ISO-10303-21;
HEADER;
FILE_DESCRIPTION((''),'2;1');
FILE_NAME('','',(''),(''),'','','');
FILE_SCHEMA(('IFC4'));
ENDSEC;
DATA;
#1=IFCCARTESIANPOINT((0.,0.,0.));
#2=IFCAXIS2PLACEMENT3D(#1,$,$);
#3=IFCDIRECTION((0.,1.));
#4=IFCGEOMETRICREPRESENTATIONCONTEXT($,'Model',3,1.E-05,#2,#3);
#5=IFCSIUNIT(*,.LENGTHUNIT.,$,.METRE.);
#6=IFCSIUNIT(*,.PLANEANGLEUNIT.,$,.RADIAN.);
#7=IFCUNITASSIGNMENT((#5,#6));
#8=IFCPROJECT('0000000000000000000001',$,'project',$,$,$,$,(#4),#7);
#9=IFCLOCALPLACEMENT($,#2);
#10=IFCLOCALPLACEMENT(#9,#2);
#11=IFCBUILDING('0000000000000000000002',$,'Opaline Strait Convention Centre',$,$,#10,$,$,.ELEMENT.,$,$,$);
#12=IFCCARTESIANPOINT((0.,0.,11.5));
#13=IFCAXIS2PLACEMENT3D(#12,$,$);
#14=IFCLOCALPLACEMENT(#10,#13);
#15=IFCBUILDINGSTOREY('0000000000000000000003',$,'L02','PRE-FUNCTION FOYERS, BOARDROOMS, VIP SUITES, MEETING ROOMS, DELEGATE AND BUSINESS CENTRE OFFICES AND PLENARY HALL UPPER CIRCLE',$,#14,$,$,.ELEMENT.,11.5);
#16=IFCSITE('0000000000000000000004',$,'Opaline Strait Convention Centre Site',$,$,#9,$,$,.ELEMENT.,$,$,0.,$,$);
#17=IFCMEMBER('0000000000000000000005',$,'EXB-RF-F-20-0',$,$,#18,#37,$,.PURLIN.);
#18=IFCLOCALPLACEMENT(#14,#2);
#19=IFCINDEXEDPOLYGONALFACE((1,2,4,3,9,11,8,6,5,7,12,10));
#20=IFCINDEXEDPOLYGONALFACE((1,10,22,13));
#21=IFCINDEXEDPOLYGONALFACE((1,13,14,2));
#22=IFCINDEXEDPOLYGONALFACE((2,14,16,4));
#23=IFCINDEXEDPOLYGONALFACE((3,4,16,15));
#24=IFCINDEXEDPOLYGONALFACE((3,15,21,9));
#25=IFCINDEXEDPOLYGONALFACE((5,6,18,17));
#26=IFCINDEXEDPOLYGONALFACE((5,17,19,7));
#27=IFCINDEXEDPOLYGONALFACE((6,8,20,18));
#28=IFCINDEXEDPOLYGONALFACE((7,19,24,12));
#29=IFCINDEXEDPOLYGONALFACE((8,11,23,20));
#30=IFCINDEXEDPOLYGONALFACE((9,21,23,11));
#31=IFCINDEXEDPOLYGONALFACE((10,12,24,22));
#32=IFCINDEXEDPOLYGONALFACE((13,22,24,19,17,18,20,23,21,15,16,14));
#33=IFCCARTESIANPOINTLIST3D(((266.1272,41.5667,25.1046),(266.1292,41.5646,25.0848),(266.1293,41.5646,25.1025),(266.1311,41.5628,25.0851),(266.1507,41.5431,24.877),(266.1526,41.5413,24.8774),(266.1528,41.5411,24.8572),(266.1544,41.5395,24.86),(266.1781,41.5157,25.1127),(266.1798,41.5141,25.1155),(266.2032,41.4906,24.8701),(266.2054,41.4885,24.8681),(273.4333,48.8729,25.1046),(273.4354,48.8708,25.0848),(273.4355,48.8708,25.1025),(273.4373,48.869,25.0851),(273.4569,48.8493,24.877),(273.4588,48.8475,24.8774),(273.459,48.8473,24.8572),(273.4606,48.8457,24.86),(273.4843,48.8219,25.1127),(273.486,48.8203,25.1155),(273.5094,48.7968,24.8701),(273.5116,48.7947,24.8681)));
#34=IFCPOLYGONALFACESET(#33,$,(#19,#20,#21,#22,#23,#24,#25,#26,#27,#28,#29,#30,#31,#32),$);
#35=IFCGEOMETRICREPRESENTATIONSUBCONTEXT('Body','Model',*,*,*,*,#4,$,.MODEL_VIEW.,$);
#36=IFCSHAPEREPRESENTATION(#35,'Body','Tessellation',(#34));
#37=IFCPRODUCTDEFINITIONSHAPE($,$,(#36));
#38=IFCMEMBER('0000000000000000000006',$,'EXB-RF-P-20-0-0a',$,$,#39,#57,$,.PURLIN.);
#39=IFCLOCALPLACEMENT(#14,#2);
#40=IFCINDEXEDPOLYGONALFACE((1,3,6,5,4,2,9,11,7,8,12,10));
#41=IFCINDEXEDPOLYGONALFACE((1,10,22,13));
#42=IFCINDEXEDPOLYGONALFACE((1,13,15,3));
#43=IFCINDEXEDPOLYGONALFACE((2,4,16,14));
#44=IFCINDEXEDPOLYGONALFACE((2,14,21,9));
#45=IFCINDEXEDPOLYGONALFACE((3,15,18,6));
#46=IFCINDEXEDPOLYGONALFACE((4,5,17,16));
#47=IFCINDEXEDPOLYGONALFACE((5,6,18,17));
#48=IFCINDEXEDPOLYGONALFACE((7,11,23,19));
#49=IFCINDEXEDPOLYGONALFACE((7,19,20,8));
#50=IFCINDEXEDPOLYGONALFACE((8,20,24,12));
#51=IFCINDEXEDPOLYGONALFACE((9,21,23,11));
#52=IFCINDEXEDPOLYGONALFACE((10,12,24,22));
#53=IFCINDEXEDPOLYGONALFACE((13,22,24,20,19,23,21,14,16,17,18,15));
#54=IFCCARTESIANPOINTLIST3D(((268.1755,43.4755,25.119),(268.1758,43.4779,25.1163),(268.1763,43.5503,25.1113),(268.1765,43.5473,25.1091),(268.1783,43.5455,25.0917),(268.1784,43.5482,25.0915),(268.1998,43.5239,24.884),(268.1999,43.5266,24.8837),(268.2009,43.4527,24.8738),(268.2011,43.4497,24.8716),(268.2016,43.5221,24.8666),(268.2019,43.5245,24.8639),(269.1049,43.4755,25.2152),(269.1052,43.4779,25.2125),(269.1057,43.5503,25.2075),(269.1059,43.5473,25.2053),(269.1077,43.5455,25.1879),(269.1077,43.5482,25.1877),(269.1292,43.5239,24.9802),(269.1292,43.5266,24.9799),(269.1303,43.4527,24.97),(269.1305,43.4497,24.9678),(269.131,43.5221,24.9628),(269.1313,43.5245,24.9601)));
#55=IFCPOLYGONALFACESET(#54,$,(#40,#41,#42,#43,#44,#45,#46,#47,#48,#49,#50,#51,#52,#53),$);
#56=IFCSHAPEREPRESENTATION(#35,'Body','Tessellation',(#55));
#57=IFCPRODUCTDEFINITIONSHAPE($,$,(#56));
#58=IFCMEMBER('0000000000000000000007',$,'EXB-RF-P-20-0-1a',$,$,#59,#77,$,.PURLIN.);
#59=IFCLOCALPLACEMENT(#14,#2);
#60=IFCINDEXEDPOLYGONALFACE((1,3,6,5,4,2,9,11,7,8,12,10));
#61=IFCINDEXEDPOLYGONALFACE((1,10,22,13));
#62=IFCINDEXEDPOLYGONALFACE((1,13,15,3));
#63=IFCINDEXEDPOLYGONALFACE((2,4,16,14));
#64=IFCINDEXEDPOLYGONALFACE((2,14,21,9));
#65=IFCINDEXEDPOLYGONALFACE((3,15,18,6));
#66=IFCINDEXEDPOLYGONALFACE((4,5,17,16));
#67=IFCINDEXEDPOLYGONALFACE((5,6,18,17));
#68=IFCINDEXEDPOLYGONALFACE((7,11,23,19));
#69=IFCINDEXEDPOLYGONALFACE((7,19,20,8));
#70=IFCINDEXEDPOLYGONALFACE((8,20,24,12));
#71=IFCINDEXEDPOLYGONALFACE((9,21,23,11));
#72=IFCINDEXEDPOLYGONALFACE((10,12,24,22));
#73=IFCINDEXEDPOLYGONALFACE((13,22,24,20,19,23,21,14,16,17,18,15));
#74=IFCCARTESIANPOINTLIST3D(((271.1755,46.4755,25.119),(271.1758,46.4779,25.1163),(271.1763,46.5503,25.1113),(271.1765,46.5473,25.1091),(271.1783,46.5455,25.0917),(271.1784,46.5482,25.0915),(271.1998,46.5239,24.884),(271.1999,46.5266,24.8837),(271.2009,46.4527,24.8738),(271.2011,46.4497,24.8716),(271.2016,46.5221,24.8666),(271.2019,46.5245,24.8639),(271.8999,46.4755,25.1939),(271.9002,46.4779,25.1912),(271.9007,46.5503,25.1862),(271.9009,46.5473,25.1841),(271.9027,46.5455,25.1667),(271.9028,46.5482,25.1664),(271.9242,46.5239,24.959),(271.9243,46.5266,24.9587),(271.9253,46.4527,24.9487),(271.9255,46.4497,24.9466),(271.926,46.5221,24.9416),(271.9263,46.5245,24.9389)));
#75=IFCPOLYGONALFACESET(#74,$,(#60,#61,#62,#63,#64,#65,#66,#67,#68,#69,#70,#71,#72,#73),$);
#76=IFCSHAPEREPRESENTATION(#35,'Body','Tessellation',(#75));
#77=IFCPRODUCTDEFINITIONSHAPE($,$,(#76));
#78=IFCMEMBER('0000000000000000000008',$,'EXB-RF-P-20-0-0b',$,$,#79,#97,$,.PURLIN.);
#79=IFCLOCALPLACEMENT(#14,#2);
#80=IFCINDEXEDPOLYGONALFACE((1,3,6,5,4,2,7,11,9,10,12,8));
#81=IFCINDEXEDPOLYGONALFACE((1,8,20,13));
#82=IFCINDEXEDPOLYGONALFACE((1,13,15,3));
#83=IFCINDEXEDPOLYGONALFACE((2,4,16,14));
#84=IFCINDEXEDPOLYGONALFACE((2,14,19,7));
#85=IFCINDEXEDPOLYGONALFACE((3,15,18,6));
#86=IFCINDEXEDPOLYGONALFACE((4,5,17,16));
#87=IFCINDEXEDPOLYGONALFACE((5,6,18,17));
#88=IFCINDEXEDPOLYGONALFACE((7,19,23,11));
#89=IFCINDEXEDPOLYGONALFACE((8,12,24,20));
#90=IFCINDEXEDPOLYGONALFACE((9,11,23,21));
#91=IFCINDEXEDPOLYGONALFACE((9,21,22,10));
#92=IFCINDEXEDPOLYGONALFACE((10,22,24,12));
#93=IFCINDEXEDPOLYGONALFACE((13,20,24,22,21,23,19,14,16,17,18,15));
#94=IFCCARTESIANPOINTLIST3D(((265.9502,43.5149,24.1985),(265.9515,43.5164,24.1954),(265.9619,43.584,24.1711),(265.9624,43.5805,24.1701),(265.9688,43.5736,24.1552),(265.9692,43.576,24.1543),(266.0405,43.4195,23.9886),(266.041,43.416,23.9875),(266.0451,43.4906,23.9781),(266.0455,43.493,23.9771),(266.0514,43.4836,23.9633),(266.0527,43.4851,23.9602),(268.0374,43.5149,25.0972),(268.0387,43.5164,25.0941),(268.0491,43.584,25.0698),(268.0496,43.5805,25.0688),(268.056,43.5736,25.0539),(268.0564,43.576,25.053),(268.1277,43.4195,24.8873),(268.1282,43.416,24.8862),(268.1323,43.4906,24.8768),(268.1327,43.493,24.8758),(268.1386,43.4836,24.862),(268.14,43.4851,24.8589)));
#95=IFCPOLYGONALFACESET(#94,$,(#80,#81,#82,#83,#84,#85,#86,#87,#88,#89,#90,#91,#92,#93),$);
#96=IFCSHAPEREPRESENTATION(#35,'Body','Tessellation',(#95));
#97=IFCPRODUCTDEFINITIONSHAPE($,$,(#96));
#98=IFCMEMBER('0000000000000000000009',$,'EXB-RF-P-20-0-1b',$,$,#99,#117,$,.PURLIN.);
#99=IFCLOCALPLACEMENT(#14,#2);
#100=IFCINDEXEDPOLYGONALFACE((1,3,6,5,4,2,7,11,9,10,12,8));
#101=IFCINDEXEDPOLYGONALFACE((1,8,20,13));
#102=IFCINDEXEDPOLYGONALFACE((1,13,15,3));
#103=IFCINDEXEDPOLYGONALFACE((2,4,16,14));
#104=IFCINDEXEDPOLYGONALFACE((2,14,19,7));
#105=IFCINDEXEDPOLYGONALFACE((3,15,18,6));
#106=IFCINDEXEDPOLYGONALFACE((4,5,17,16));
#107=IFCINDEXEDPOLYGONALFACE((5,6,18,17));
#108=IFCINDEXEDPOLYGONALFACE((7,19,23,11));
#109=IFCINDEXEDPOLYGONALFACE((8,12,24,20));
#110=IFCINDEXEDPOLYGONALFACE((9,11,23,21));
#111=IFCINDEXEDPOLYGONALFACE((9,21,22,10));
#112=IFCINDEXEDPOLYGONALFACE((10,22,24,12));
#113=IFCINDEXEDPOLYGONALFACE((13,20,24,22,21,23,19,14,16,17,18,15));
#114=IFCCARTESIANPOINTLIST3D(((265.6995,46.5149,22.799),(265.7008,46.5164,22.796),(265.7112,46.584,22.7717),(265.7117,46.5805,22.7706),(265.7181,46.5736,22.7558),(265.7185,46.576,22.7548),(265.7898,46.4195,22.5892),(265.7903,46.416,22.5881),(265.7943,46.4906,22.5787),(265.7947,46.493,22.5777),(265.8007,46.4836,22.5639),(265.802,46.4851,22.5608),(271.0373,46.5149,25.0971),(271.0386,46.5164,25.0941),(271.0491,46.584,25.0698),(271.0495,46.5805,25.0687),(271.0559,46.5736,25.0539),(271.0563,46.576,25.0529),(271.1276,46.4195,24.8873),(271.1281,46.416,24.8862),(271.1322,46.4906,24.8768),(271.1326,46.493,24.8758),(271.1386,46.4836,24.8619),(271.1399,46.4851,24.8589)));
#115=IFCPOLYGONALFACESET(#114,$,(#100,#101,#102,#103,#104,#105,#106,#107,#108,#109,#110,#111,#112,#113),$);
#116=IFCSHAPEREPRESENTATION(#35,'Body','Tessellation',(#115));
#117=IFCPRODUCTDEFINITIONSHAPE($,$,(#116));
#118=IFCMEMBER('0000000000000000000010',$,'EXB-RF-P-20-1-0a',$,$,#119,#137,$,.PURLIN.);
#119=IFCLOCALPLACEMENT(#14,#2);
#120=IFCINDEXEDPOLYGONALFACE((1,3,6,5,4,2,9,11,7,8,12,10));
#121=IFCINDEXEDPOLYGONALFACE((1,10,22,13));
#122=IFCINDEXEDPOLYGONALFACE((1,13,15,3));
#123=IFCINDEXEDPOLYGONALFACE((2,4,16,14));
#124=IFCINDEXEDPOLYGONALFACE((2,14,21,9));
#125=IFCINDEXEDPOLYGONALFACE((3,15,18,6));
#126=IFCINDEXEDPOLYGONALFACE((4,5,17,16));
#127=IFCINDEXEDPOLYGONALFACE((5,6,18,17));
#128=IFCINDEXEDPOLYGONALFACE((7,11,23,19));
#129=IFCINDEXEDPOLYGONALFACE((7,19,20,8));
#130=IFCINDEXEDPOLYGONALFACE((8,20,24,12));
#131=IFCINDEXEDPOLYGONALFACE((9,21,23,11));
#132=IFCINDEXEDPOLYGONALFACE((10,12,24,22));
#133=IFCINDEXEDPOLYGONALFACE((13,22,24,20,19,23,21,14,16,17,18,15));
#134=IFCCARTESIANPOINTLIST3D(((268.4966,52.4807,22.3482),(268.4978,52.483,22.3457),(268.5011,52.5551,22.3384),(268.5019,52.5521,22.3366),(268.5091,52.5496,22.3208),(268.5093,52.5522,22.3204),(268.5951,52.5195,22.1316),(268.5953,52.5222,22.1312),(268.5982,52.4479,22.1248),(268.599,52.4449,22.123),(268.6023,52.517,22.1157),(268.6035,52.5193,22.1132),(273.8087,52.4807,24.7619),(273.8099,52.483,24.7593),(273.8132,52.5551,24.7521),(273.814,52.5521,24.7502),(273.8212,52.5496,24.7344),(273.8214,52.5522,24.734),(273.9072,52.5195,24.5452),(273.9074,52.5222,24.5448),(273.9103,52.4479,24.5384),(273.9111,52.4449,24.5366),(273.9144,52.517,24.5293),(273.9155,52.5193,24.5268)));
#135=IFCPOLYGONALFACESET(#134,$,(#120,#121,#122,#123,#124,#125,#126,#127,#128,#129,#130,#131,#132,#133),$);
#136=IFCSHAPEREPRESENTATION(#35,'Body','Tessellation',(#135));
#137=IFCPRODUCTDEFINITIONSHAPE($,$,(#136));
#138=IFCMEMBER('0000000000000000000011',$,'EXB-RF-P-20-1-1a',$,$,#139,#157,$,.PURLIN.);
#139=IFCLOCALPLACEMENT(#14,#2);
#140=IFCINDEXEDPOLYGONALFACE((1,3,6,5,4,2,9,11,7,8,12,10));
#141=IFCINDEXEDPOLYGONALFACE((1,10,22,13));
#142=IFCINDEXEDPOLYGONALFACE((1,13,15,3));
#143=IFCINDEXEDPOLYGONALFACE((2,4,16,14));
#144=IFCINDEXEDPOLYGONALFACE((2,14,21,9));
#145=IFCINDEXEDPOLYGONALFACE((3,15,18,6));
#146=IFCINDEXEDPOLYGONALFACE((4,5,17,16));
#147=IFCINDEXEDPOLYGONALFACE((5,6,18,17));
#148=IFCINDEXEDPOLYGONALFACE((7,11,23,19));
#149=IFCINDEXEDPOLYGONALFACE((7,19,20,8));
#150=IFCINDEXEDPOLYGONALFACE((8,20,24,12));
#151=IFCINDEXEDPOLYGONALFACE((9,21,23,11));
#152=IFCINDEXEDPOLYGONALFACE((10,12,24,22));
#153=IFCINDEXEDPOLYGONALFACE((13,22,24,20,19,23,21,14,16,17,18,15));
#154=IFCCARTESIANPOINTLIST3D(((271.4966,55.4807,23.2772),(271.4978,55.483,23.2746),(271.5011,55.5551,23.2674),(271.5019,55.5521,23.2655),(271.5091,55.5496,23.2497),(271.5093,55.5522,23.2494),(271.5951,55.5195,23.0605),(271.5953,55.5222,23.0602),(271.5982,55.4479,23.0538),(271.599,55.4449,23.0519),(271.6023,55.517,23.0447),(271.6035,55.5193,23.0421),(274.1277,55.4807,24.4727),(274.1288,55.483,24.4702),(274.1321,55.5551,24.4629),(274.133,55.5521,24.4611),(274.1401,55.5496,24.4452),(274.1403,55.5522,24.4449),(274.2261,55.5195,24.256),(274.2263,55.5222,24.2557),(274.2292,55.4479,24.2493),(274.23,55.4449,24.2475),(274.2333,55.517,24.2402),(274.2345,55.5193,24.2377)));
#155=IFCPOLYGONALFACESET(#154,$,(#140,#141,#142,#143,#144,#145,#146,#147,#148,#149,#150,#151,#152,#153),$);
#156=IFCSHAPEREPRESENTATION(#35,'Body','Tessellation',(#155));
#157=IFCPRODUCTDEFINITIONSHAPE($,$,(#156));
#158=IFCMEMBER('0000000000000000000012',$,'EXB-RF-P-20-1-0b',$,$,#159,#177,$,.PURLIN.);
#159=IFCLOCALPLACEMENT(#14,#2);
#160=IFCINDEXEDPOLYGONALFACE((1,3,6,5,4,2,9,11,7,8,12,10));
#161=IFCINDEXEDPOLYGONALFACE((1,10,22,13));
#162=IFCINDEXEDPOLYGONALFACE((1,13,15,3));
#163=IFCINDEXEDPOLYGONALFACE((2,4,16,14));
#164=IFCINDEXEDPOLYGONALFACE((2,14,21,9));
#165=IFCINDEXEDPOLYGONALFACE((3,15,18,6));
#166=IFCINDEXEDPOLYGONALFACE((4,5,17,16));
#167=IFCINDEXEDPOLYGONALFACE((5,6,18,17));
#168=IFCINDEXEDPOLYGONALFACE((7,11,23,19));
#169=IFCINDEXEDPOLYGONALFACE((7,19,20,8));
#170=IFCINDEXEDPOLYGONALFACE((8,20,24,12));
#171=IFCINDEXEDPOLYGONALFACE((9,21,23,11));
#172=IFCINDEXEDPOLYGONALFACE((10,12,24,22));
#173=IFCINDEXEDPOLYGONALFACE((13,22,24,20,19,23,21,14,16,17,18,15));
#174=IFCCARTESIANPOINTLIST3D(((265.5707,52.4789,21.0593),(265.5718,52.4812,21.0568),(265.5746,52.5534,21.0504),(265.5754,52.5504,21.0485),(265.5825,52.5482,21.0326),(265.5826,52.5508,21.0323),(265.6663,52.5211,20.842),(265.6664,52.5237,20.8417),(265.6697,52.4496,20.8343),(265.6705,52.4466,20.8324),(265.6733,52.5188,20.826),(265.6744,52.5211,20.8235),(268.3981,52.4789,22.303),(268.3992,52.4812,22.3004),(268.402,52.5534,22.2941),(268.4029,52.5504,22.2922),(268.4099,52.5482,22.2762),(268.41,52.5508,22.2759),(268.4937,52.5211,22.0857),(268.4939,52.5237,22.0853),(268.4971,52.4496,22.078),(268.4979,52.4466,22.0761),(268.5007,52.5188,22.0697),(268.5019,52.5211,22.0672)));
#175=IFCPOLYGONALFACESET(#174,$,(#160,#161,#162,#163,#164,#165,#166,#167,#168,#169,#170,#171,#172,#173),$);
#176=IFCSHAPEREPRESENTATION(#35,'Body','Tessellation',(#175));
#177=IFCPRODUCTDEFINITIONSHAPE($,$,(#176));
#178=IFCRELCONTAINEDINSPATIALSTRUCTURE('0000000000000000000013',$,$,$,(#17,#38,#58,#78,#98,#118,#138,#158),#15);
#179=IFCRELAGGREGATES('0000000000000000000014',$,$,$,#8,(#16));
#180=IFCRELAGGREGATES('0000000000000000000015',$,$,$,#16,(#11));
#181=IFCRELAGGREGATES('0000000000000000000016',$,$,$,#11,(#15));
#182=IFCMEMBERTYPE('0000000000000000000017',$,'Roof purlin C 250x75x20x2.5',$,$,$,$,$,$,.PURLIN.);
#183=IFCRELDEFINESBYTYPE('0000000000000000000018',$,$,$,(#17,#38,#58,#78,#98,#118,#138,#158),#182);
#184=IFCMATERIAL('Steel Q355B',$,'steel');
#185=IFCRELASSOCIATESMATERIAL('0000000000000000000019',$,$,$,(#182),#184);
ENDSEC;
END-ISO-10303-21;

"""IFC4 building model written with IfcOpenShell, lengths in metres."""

from ifc_helpers import new_model, si_unit, direction, frame, origin, place, context, subcontext, project, spatial, polyline, outline, extrude, material, material_profile, profile_set, type_object, element, save


model = new_model("IFC4")

# Units and contexts
model_context = context("Model", 3, precision=1e-05, world=origin(), true_north=direction((0.0, 1.0)))
body_context = subcontext(model_context, "Body", "Model", "MODEL_VIEW")
ifc_project = project(units=[si_unit("LENGTHUNIT", "METRE"), si_unit("PLANEANGLEUNIT", "RADIAN")], contexts=[model_context])

# Site, building, storey
site_placement = place(None, origin())
site = spatial("IfcSite", under=ifc_project, at=site_placement, Name="Opaline Strait Convention Centre Site", CompositionType="ELEMENT", RefElevation=0.0)
building_placement = place(site_placement, origin())
building = spatial("IfcBuilding", under=site, at=building_placement, Name="Opaline Strait Convention Centre", CompositionType="ELEMENT")
storey_placement = place(building_placement, frame((0.0, 0.0, 11.5)))
storey = spatial("IfcBuildingStorey", under=building, at=storey_placement, Name="L02", Description="PRE-FUNCTION FOYERS, BOARDROOMS, VIP SUITES, MEETING ROOMS, DELEGATE AND BUSINESS CENTRE OFFICES AND PLENARY HALL UPPER CIRCLE", CompositionType="ELEMENT", Elevation=11.5)

# Members
ifc_material_1 = material(Name="Steel Q355B", Category="steel")
ifc_material_profile_1 = material_profile(ifc_material_1, outline(polyline([(-0.0376, -0.125), (0.0376, -0.125), (0.0376, -0.105), (0.0349, -0.105), (0.0349, -0.1226), (-0.0349, -0.1226), (-0.0349, 0.1226), (0.0349, 0.1226), (0.0349, 0.105), (0.0376, 0.105), (0.0376, 0.125), (-0.0376, 0.125), (-0.0376, -0.125)])), Name="C 250x75x20x2.5")
ifc_profile_set_1 = profile_set([ifc_material_profile_1], Name="Steel Q355B")
member_type_1 = type_object("IfcMemberType", Name="Roof purlin C 250x75x20x2.5", PredefinedType="PURLIN", material=ifc_profile_set_1)
member_1_placement = place(storey_placement, frame((266.1663, 41.5276, 24.9863), z_axis=(0.707107, 0.707107, 0.0), x_axis=(-0.699649, 0.699649, -0.14485)))
element("IfcMember", 1, at=member_1_placement, inside=storey, type_object=member_type_1, Name="EXB-RF-F-20-0", PredefinedType="PURLIN", context=body_context, shape_type="SweptSolid", body=[
    extrude(outline(polyline([(-0.0376, -0.125), (0.0376, -0.125), (0.0376, -0.105), (0.0349, -0.105), (0.0349, -0.1226), (-0.0349, -0.1226), (-0.0349, 0.1226), (0.0349, 0.1226), (0.0349, 0.105), (0.0376, 0.105), (0.0376, 0.125), (-0.0376, 0.125), (-0.0376, -0.125)])), origin(), (0.0, 0.0, 1.0), 10.3325),
])
member_2_placement = place(storey_placement, frame((268.1887, 43.5, 24.9915), z_axis=(0.994687, 0.0, 0.102944), x_axis=(0.0106, 0.994685, -0.102419)))
element("IfcMember", 2, at=member_2_placement, inside=storey, type_object=member_type_1, Name="EXB-RF-P-20-0-0a", PredefinedType="PURLIN", context=body_context, shape_type="SweptSolid", body=[
    extrude(outline(polyline([(-0.0376, -0.125), (0.0376, -0.125), (0.0376, -0.105), (0.0349, -0.105), (0.0349, -0.1226), (-0.0349, -0.1226), (-0.0349, 0.1226), (0.0349, 0.1226), (0.0349, 0.105), (0.0376, 0.105), (0.0376, 0.125), (-0.0376, 0.125), (-0.0376, -0.125)])), origin(), (0.0, 0.0, 1.0), 0.9343),
])
member_3_placement = place(storey_placement, frame((271.1887, 46.5, 24.9915), z_axis=(0.994689, 0.0, 0.102922), x_axis=(0.010597, 0.994685, -0.102419)))
element("IfcMember", 3, at=member_3_placement, inside=storey, type_object=member_type_1, Name="EXB-RF-P-20-0-1a", PredefinedType="PURLIN", context=body_context, shape_type="SweptSolid", body=[
    extrude(outline(polyline([(-0.0376, -0.125), (0.0376, -0.125), (0.0376, -0.105), (0.0349, -0.105), (0.0349, -0.1226), (-0.0349, -0.1226), (-0.0349, 0.1226), (0.0349, 0.1226), (0.0349, 0.105), (0.0376, 0.105), (0.0376, 0.125), (-0.0376, 0.125), (-0.0376, -0.125)])), origin(), (0.0, 0.0, 1.0), 0.7283),
])
member_4_placement = place(storey_placement, frame((266.0015, 43.5, 24.0793), z_axis=(0.918477, 0.0, 0.395475), x_axis=(0.156378, 0.918501, -0.363183)))
element("IfcMember", 4, at=member_4_placement, inside=storey, type_object=member_type_1, Name="EXB-RF-P-20-0-0b", PredefinedType="PURLIN", context=body_context, shape_type="SweptSolid", body=[
    extrude(outline(polyline([(-0.0376, -0.125), (0.0376, -0.125), (0.0376, -0.105), (0.0349, -0.105), (0.0349, -0.1226), (-0.0349, -0.1226), (-0.0349, 0.1226), (0.0349, 0.1226), (0.0349, 0.105), (0.0376, 0.105), (0.0376, 0.125), (-0.0376, 0.125), (-0.0376, -0.125)])), origin(), (0.0, 0.0, 1.0), 2.2725),
])
member_5_placement = place(storey_placement, frame((265.7507, 46.5, 22.6799), z_axis=(0.918494, 0.0, 0.395435), x_axis=(0.156362, 0.918501, -0.36319)))
element("IfcMember", 5, at=member_5_placement, inside=storey, type_object=member_type_1, Name="EXB-RF-P-20-0-1b", PredefinedType="PURLIN", context=body_context, shape_type="SweptSolid", body=[
    extrude(outline(polyline([(-0.0376, -0.125), (0.0376, -0.125), (0.0376, -0.105), (0.0349, -0.105), (0.0349, -0.1226), (-0.0349, -0.1226), (-0.0349, 0.1226), (0.0349, 0.1226), (0.0349, 0.105), (0.0376, 0.105), (0.0376, 0.125), (-0.0376, 0.125), (-0.0376, -0.125)])), origin(), (0.0, 0.0, 1.0), 5.8115),
])
member_6_placement = place(storey_placement, frame((268.55, 52.5, 22.2307), z_axis=(0.91043, 0.0, 0.413664), x_axis=(0.059241, 0.989692, -0.130384)))
element("IfcMember", 6, at=member_6_placement, inside=storey, type_object=member_type_1, Name="EXB-RF-P-20-1-0a", PredefinedType="PURLIN", context=body_context, shape_type="SweptSolid", body=[
    extrude(outline(polyline([(-0.0376, -0.125), (0.0376, -0.125), (0.0376, -0.105), (0.0349, -0.105), (0.0349, -0.1226), (-0.0349, -0.1226), (-0.0349, 0.1226), (0.0349, 0.1226), (0.0349, 0.105), (0.0376, 0.105), (0.0376, 0.125), (-0.0376, 0.125), (-0.0376, -0.125)])), origin(), (0.0, 0.0, 1.0), 5.8347),
])
member_7_placement = place(storey_placement, frame((271.55, 55.5, 23.1597), z_axis=(0.910419, 0.0, 0.413688), x_axis=(0.059245, 0.989692, -0.130382)))
element("IfcMember", 7, at=member_7_placement, inside=storey, type_object=member_type_1, Name="EXB-RF-P-20-1-1a", PredefinedType="PURLIN", context=body_context, shape_type="SweptSolid", body=[
    extrude(outline(polyline([(-0.0376, -0.125), (0.0376, -0.125), (0.0376, -0.105), (0.0349, -0.105), (0.0349, -0.1226), (-0.0349, -0.1226), (-0.0349, 0.1226), (0.0349, 0.1226), (0.0349, 0.105), (0.0376, 0.105), (0.0376, 0.125), (-0.0376, 0.125), (-0.0376, -0.125)])), origin(), (0.0, 0.0, 1.0), 2.8899),
])
member_8_placement = place(storey_placement, frame((265.6226, 52.5, 20.9414), z_axis=(0.915363, 0.0, 0.40263), x_axis=(0.051978, 0.991632, -0.118169)))
element("IfcMember", 8, at=member_8_placement, inside=storey, type_object=member_type_1, Name="EXB-RF-P-20-1-0b", PredefinedType="PURLIN", context=body_context, shape_type="SweptSolid", body=[
    extrude(outline(polyline([(-0.0376, -0.125), (0.0376, -0.125), (0.0376, -0.105), (0.0349, -0.105), (0.0349, -0.1226), (-0.0349, -0.1226), (-0.0349, 0.1226), (0.0349, 0.1226), (0.0349, 0.105), (0.0376, 0.105), (0.0376, 0.125), (-0.0376, 0.125), (-0.0376, -0.125)])), origin(), (0.0, 0.0, 1.0), 3.0889),
])

save(model, "model.ifc")
